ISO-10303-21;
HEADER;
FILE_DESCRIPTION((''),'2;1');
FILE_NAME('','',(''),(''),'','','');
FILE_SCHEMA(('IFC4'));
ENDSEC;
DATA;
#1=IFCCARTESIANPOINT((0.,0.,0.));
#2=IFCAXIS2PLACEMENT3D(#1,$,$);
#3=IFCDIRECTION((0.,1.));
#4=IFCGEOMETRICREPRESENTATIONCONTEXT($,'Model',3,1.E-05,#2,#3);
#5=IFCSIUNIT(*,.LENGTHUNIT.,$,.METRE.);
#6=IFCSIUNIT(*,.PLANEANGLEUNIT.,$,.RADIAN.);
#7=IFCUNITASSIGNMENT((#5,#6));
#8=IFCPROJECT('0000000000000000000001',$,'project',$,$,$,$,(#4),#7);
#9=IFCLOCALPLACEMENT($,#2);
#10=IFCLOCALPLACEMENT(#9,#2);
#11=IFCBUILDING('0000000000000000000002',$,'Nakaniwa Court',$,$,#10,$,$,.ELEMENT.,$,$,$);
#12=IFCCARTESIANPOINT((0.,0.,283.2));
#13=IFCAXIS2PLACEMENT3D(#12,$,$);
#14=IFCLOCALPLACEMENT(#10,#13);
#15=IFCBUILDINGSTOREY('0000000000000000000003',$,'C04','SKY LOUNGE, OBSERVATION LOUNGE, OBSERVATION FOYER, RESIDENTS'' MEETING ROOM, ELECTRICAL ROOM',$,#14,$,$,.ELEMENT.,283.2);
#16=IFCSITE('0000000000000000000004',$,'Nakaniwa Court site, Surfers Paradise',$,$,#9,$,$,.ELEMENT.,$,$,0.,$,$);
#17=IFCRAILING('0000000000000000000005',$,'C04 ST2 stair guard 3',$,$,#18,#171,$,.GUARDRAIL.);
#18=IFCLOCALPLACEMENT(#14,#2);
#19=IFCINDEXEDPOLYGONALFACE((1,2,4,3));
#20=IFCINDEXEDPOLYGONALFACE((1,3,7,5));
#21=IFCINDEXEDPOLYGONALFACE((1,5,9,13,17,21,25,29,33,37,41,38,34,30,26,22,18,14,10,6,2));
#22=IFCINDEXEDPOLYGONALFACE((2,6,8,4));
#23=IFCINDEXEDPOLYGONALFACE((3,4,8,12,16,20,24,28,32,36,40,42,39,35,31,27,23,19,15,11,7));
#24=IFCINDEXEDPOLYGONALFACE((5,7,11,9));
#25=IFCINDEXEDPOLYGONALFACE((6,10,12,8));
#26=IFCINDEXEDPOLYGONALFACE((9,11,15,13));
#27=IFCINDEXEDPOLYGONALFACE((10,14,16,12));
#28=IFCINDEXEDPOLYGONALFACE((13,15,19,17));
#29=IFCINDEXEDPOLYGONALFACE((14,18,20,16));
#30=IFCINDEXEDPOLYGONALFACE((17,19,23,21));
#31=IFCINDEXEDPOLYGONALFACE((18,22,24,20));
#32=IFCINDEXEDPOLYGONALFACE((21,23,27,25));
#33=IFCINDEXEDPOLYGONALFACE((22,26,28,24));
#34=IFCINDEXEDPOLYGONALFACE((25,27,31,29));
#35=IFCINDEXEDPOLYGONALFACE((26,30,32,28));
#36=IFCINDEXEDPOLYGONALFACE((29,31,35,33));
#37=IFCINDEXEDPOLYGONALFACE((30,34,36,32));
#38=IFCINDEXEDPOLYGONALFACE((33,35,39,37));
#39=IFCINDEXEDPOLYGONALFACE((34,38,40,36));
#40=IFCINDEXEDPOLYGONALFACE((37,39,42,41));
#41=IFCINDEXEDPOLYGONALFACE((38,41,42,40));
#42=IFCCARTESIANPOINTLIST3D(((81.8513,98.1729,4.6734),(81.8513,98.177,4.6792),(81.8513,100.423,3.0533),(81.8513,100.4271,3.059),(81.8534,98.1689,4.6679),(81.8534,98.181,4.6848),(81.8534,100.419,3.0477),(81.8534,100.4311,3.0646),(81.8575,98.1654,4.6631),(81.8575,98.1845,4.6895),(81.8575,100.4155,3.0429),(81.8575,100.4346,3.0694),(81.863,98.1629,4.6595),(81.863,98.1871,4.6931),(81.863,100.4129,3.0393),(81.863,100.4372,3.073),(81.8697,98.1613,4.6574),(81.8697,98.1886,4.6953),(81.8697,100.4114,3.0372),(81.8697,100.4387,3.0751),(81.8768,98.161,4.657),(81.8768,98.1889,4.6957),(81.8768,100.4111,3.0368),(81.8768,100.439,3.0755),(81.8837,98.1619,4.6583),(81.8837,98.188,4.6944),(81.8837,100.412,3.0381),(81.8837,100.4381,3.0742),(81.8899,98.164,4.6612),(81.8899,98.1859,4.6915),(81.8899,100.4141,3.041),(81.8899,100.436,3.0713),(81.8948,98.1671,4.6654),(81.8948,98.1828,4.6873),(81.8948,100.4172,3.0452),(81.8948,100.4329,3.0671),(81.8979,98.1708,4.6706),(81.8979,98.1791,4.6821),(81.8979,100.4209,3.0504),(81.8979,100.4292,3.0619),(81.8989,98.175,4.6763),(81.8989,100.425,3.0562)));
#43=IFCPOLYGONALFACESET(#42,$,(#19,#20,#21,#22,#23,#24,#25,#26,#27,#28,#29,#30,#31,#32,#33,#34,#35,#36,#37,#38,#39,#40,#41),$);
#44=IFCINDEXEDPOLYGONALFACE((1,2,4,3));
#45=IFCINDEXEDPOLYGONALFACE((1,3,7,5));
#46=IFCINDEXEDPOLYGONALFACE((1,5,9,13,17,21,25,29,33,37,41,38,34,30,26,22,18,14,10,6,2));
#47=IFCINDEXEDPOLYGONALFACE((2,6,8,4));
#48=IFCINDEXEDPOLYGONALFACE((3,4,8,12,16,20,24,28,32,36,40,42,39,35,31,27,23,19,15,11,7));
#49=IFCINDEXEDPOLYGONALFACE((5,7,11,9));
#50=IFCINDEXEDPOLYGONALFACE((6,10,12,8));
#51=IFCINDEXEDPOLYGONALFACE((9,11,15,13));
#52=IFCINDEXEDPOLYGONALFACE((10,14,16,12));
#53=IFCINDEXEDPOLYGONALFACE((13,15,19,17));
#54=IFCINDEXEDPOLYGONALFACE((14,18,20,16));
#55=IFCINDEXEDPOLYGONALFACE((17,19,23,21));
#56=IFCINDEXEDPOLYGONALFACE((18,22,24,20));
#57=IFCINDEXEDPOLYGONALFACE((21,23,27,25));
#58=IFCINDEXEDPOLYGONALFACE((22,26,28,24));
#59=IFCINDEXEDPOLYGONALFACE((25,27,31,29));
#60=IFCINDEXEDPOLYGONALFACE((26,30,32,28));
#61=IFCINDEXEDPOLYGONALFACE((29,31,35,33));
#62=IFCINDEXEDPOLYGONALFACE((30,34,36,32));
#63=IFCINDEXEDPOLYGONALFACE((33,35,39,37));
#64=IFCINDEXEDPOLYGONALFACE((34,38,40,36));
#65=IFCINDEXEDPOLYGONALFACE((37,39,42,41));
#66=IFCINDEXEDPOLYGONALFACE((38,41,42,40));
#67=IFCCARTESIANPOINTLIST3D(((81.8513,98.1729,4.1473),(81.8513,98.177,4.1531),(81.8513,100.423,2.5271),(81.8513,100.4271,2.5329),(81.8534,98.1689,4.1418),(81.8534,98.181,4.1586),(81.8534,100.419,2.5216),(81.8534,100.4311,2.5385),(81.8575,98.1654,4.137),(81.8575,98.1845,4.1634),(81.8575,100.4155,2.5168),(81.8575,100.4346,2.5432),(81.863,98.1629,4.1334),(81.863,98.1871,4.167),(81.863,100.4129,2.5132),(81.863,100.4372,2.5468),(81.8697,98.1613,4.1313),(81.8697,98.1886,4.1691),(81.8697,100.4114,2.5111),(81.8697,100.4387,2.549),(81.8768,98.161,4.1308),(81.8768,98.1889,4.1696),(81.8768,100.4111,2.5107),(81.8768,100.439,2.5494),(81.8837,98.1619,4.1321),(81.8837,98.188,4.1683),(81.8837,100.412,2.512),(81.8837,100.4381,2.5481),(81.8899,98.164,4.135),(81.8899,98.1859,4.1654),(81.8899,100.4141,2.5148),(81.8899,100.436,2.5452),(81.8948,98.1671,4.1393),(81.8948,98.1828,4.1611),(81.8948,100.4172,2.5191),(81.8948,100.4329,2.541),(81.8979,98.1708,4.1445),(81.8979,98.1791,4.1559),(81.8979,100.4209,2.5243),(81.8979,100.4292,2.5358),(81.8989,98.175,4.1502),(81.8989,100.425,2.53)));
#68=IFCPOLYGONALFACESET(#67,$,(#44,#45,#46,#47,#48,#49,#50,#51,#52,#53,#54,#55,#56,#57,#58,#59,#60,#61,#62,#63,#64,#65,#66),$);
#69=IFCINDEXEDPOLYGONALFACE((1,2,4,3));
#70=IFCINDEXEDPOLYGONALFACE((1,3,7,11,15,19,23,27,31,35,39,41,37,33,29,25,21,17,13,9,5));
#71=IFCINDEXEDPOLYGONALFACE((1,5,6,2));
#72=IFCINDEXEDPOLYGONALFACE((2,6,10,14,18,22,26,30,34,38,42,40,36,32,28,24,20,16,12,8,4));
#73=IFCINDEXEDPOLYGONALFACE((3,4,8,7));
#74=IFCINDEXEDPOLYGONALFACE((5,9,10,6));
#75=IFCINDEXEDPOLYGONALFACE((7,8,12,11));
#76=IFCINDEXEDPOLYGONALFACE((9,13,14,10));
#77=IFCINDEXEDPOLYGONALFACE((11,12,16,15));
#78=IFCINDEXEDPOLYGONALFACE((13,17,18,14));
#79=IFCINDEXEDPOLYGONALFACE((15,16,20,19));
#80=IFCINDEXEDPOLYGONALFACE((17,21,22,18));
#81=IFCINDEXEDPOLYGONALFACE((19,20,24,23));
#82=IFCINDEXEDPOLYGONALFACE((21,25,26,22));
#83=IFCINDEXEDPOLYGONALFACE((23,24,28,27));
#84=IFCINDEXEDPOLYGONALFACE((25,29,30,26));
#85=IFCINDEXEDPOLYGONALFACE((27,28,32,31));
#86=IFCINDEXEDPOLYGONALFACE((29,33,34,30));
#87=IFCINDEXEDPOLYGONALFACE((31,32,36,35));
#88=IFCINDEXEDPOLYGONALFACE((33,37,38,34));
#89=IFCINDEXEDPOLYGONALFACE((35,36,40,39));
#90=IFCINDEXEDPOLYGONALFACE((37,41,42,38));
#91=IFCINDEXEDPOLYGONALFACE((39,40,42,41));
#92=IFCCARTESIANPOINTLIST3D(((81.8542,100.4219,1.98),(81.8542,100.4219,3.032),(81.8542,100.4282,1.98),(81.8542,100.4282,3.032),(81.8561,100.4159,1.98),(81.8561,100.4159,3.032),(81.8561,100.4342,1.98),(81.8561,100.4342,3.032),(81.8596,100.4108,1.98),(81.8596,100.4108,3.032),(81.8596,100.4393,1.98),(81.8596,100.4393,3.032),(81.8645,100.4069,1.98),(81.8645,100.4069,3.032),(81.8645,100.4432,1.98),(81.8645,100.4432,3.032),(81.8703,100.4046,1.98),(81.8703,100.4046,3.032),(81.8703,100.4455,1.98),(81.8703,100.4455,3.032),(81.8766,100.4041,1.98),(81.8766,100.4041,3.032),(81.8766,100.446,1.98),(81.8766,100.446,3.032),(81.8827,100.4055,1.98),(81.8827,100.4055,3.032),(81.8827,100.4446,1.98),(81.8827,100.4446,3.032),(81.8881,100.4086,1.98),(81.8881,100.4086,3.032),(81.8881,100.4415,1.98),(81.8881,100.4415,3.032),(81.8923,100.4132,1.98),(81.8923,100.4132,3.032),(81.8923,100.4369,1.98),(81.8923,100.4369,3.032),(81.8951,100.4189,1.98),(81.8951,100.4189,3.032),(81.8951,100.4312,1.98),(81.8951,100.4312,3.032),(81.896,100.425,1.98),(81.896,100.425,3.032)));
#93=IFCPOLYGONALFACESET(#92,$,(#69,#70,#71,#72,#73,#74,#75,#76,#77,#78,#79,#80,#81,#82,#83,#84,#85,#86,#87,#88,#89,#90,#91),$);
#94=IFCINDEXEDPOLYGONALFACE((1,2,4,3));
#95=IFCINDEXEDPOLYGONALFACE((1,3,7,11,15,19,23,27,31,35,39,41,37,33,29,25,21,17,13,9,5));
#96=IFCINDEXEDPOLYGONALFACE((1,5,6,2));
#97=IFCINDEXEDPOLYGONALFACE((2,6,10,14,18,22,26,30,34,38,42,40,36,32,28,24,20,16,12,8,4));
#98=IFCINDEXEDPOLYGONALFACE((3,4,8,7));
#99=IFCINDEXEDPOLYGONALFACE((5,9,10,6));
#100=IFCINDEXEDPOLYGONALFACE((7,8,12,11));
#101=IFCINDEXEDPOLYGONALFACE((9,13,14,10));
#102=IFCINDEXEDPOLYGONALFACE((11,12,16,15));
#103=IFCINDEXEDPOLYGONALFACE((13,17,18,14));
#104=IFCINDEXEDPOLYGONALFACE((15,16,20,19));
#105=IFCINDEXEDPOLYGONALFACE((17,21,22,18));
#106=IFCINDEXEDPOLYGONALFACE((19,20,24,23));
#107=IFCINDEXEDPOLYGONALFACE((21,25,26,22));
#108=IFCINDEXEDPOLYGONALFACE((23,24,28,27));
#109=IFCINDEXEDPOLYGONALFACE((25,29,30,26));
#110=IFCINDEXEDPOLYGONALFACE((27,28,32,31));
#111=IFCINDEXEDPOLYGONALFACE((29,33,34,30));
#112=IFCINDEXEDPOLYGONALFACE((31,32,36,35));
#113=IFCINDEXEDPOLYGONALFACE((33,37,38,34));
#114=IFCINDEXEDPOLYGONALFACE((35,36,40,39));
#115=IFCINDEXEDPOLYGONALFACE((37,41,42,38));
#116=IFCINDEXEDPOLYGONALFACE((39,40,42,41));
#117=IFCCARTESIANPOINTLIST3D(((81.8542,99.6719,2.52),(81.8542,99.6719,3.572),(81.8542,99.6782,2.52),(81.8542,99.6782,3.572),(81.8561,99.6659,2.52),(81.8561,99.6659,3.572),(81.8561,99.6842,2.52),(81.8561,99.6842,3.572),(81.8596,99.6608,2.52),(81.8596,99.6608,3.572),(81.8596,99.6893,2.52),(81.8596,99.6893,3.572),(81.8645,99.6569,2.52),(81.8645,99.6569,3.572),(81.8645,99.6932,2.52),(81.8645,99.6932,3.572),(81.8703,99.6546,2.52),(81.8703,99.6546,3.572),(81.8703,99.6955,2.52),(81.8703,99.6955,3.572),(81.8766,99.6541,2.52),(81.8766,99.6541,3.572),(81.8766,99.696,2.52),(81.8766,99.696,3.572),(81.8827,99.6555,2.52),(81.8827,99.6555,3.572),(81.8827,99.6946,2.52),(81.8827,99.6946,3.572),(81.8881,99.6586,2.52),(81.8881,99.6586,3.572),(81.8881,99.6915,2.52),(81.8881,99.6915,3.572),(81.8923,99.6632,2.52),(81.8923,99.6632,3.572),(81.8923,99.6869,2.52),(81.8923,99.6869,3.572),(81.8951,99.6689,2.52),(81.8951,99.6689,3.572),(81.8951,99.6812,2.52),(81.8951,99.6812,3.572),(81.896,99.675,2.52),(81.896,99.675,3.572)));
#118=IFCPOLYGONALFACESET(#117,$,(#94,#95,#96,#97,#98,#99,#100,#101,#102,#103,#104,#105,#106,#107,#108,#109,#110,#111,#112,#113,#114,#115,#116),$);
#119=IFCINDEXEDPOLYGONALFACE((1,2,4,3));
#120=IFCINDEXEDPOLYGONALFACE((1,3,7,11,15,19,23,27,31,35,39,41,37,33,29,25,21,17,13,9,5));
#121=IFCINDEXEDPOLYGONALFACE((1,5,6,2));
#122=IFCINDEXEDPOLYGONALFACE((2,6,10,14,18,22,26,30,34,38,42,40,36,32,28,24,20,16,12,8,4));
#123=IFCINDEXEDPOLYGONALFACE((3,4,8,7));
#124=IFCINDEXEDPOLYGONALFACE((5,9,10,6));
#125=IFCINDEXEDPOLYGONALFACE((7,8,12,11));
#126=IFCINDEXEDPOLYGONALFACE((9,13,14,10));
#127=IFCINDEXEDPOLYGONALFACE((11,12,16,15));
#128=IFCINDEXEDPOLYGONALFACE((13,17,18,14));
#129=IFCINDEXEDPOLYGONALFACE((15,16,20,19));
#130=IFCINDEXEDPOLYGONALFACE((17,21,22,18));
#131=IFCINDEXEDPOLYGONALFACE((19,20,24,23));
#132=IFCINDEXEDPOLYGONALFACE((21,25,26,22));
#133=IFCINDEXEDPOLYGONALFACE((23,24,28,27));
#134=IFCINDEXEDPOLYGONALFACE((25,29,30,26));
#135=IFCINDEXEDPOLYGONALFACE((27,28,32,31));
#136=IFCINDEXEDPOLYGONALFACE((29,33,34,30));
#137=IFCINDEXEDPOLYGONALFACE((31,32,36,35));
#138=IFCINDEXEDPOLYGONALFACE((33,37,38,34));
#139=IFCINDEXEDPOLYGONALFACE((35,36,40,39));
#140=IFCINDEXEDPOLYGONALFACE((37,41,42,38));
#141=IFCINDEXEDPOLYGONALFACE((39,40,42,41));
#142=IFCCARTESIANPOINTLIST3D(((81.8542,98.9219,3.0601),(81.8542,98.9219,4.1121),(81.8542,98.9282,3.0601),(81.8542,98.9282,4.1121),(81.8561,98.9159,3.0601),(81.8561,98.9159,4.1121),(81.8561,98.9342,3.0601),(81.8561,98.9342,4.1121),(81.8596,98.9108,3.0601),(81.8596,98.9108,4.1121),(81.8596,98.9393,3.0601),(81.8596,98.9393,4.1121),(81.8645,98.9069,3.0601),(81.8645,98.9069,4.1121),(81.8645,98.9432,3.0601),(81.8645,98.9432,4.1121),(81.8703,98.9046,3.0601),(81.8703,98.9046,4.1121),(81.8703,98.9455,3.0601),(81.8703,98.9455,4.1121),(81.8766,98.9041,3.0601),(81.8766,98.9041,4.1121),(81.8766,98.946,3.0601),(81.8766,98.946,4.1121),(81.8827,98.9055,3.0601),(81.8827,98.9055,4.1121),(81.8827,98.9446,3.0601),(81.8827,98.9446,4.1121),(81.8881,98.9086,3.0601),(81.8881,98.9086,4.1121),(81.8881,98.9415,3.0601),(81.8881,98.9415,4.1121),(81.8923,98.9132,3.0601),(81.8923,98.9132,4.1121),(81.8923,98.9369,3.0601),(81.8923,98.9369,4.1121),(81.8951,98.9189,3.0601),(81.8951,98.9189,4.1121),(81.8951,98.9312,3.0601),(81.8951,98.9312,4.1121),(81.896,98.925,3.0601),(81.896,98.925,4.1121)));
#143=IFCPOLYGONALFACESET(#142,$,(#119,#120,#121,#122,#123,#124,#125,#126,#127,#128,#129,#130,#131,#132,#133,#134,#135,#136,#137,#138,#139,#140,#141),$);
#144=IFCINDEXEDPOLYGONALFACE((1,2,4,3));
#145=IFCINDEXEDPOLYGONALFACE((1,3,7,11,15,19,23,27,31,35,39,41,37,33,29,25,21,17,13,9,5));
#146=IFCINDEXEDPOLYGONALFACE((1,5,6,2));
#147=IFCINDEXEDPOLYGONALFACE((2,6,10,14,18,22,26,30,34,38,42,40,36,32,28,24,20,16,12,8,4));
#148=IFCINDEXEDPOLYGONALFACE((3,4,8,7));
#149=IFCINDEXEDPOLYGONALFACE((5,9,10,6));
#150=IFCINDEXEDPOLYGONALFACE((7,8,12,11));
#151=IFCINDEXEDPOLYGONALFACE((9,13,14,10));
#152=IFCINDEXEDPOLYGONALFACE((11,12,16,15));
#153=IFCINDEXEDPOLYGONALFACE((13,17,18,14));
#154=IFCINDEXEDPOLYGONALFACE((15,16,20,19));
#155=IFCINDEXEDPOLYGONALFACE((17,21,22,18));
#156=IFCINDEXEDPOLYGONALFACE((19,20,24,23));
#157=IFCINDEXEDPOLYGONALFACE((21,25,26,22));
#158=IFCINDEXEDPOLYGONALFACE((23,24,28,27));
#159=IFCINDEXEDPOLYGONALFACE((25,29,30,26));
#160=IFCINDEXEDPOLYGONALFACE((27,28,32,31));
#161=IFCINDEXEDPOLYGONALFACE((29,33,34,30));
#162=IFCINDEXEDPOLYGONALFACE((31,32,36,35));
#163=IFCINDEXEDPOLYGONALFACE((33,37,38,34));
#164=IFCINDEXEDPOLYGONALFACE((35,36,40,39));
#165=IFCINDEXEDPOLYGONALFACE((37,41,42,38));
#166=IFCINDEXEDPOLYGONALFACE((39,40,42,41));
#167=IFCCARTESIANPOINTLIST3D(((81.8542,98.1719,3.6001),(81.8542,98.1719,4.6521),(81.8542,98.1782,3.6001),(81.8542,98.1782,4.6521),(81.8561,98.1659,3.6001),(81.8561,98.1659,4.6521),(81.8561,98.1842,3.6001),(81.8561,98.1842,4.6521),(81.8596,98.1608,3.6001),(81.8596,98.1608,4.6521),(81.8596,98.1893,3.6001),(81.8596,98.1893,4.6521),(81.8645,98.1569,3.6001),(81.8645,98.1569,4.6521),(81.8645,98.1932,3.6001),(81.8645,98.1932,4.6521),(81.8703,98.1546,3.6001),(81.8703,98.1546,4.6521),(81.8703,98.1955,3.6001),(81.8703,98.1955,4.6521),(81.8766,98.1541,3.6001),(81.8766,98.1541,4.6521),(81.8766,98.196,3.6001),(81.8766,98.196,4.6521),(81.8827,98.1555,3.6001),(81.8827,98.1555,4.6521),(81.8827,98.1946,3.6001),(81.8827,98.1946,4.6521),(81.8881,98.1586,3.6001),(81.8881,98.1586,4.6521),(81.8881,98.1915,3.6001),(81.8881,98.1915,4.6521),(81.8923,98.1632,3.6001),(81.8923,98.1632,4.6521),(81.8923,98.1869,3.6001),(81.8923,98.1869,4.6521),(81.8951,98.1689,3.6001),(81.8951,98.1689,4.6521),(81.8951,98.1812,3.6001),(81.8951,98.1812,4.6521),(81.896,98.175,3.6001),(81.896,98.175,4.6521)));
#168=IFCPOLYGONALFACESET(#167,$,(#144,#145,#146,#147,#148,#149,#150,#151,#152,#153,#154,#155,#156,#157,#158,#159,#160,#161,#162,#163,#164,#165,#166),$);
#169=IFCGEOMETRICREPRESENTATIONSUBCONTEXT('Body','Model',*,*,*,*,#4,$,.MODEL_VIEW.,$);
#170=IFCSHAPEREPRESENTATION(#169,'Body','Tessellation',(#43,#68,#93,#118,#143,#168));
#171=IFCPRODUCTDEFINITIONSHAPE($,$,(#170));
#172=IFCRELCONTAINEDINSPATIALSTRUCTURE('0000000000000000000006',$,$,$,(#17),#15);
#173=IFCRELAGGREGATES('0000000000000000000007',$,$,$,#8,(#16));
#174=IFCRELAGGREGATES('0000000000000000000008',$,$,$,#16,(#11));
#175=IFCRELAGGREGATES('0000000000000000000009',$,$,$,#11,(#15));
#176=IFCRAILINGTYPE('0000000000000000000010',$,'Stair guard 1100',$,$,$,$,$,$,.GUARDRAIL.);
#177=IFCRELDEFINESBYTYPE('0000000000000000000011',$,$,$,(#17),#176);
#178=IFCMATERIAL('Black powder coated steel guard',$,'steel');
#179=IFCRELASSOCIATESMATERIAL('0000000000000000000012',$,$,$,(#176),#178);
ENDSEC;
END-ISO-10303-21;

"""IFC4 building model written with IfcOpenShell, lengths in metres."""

from ifc_helpers import new_model, si_unit, direction, frame, origin, origin_2d, place, context, subcontext, project, spatial, circle, extrude, material, type_object, element, save


model = new_model("IFC4")

# Units and contexts
model_context = context("Model", 3, precision=1e-05, world=origin(), true_north=direction((0.0, 1.0)))
body_context = subcontext(model_context, "Body", "Model", "MODEL_VIEW")
ifc_project = project(units=[si_unit("LENGTHUNIT", "METRE"), si_unit("PLANEANGLEUNIT", "RADIAN")], contexts=[model_context])

# Site, building, storey
site_placement = place(None, origin())
site = spatial("IfcSite", under=ifc_project, at=site_placement, Name="Nakaniwa Court site, Surfers Paradise", CompositionType="ELEMENT", RefElevation=0.0)
building_placement = place(site_placement, origin())
building = spatial("IfcBuilding", under=site, at=building_placement, Name="Nakaniwa Court", CompositionType="ELEMENT")
storey_placement = place(building_placement, frame((0.0, 0.0, 283.2)))
storey = spatial("IfcBuildingStorey", under=building, at=storey_placement, Name="C04", Description="SKY LOUNGE, OBSERVATION LOUNGE, OBSERVATION FOYER, RESIDENTS' MEETING ROOM, ELECTRICAL ROOM", CompositionType="ELEMENT", Elevation=283.2)

# Railing
ifc_material_1 = material(Name="Black powder coated steel guard", Category="steel")
railing_type_1 = type_object("IfcRailingType", Name="Stair guard 1100", PredefinedType="GUARDRAIL", material=ifc_material_1)
railing_1_placement = place(storey_placement, frame((81.875, 100.425, 1.98)))
element("IfcRailing", 1, at=railing_1_placement, inside=storey, type_object=railing_type_1, Name="C04 ST2 stair guard 3", PredefinedType="GUARDRAIL", context=body_context, shape_type="SweptSolid", body=[
    extrude(circle(Radius=0.0239, at=origin_2d()), frame((0.0, 0.0, 1.0762), z_axis=(0.0, -0.811514, 0.584333), x_axis=(1.0, 0.0, 0.0)), (0.0, 0.0, 1.0), 2.7727),
    extrude(circle(Radius=0.0239, at=origin_2d()), frame((0.0, 0.0, 0.55), z_axis=(0.0, -0.811514, 0.584333), x_axis=(1.0, 0.0, 0.0)), (0.0, 0.0, 1.0), 2.7727),
    extrude(circle(Radius=0.021, at=origin_2d()), origin(), (0.0, 0.0, 1.0), 1.052),
    extrude(circle(Radius=0.021, at=origin_2d()), frame((0.0, -0.75, 0.54)), (0.0, 0.0, 1.0), 1.052),
    extrude(circle(Radius=0.021, at=origin_2d()), frame((0.0, -1.5, 1.0801)), (0.0, 0.0, 1.0), 1.052),
    extrude(circle(Radius=0.021, at=origin_2d()), frame((0.0, -2.25, 1.6201)), (0.0, 0.0, 1.0), 1.052),
])

save(model, "model.ifc")
